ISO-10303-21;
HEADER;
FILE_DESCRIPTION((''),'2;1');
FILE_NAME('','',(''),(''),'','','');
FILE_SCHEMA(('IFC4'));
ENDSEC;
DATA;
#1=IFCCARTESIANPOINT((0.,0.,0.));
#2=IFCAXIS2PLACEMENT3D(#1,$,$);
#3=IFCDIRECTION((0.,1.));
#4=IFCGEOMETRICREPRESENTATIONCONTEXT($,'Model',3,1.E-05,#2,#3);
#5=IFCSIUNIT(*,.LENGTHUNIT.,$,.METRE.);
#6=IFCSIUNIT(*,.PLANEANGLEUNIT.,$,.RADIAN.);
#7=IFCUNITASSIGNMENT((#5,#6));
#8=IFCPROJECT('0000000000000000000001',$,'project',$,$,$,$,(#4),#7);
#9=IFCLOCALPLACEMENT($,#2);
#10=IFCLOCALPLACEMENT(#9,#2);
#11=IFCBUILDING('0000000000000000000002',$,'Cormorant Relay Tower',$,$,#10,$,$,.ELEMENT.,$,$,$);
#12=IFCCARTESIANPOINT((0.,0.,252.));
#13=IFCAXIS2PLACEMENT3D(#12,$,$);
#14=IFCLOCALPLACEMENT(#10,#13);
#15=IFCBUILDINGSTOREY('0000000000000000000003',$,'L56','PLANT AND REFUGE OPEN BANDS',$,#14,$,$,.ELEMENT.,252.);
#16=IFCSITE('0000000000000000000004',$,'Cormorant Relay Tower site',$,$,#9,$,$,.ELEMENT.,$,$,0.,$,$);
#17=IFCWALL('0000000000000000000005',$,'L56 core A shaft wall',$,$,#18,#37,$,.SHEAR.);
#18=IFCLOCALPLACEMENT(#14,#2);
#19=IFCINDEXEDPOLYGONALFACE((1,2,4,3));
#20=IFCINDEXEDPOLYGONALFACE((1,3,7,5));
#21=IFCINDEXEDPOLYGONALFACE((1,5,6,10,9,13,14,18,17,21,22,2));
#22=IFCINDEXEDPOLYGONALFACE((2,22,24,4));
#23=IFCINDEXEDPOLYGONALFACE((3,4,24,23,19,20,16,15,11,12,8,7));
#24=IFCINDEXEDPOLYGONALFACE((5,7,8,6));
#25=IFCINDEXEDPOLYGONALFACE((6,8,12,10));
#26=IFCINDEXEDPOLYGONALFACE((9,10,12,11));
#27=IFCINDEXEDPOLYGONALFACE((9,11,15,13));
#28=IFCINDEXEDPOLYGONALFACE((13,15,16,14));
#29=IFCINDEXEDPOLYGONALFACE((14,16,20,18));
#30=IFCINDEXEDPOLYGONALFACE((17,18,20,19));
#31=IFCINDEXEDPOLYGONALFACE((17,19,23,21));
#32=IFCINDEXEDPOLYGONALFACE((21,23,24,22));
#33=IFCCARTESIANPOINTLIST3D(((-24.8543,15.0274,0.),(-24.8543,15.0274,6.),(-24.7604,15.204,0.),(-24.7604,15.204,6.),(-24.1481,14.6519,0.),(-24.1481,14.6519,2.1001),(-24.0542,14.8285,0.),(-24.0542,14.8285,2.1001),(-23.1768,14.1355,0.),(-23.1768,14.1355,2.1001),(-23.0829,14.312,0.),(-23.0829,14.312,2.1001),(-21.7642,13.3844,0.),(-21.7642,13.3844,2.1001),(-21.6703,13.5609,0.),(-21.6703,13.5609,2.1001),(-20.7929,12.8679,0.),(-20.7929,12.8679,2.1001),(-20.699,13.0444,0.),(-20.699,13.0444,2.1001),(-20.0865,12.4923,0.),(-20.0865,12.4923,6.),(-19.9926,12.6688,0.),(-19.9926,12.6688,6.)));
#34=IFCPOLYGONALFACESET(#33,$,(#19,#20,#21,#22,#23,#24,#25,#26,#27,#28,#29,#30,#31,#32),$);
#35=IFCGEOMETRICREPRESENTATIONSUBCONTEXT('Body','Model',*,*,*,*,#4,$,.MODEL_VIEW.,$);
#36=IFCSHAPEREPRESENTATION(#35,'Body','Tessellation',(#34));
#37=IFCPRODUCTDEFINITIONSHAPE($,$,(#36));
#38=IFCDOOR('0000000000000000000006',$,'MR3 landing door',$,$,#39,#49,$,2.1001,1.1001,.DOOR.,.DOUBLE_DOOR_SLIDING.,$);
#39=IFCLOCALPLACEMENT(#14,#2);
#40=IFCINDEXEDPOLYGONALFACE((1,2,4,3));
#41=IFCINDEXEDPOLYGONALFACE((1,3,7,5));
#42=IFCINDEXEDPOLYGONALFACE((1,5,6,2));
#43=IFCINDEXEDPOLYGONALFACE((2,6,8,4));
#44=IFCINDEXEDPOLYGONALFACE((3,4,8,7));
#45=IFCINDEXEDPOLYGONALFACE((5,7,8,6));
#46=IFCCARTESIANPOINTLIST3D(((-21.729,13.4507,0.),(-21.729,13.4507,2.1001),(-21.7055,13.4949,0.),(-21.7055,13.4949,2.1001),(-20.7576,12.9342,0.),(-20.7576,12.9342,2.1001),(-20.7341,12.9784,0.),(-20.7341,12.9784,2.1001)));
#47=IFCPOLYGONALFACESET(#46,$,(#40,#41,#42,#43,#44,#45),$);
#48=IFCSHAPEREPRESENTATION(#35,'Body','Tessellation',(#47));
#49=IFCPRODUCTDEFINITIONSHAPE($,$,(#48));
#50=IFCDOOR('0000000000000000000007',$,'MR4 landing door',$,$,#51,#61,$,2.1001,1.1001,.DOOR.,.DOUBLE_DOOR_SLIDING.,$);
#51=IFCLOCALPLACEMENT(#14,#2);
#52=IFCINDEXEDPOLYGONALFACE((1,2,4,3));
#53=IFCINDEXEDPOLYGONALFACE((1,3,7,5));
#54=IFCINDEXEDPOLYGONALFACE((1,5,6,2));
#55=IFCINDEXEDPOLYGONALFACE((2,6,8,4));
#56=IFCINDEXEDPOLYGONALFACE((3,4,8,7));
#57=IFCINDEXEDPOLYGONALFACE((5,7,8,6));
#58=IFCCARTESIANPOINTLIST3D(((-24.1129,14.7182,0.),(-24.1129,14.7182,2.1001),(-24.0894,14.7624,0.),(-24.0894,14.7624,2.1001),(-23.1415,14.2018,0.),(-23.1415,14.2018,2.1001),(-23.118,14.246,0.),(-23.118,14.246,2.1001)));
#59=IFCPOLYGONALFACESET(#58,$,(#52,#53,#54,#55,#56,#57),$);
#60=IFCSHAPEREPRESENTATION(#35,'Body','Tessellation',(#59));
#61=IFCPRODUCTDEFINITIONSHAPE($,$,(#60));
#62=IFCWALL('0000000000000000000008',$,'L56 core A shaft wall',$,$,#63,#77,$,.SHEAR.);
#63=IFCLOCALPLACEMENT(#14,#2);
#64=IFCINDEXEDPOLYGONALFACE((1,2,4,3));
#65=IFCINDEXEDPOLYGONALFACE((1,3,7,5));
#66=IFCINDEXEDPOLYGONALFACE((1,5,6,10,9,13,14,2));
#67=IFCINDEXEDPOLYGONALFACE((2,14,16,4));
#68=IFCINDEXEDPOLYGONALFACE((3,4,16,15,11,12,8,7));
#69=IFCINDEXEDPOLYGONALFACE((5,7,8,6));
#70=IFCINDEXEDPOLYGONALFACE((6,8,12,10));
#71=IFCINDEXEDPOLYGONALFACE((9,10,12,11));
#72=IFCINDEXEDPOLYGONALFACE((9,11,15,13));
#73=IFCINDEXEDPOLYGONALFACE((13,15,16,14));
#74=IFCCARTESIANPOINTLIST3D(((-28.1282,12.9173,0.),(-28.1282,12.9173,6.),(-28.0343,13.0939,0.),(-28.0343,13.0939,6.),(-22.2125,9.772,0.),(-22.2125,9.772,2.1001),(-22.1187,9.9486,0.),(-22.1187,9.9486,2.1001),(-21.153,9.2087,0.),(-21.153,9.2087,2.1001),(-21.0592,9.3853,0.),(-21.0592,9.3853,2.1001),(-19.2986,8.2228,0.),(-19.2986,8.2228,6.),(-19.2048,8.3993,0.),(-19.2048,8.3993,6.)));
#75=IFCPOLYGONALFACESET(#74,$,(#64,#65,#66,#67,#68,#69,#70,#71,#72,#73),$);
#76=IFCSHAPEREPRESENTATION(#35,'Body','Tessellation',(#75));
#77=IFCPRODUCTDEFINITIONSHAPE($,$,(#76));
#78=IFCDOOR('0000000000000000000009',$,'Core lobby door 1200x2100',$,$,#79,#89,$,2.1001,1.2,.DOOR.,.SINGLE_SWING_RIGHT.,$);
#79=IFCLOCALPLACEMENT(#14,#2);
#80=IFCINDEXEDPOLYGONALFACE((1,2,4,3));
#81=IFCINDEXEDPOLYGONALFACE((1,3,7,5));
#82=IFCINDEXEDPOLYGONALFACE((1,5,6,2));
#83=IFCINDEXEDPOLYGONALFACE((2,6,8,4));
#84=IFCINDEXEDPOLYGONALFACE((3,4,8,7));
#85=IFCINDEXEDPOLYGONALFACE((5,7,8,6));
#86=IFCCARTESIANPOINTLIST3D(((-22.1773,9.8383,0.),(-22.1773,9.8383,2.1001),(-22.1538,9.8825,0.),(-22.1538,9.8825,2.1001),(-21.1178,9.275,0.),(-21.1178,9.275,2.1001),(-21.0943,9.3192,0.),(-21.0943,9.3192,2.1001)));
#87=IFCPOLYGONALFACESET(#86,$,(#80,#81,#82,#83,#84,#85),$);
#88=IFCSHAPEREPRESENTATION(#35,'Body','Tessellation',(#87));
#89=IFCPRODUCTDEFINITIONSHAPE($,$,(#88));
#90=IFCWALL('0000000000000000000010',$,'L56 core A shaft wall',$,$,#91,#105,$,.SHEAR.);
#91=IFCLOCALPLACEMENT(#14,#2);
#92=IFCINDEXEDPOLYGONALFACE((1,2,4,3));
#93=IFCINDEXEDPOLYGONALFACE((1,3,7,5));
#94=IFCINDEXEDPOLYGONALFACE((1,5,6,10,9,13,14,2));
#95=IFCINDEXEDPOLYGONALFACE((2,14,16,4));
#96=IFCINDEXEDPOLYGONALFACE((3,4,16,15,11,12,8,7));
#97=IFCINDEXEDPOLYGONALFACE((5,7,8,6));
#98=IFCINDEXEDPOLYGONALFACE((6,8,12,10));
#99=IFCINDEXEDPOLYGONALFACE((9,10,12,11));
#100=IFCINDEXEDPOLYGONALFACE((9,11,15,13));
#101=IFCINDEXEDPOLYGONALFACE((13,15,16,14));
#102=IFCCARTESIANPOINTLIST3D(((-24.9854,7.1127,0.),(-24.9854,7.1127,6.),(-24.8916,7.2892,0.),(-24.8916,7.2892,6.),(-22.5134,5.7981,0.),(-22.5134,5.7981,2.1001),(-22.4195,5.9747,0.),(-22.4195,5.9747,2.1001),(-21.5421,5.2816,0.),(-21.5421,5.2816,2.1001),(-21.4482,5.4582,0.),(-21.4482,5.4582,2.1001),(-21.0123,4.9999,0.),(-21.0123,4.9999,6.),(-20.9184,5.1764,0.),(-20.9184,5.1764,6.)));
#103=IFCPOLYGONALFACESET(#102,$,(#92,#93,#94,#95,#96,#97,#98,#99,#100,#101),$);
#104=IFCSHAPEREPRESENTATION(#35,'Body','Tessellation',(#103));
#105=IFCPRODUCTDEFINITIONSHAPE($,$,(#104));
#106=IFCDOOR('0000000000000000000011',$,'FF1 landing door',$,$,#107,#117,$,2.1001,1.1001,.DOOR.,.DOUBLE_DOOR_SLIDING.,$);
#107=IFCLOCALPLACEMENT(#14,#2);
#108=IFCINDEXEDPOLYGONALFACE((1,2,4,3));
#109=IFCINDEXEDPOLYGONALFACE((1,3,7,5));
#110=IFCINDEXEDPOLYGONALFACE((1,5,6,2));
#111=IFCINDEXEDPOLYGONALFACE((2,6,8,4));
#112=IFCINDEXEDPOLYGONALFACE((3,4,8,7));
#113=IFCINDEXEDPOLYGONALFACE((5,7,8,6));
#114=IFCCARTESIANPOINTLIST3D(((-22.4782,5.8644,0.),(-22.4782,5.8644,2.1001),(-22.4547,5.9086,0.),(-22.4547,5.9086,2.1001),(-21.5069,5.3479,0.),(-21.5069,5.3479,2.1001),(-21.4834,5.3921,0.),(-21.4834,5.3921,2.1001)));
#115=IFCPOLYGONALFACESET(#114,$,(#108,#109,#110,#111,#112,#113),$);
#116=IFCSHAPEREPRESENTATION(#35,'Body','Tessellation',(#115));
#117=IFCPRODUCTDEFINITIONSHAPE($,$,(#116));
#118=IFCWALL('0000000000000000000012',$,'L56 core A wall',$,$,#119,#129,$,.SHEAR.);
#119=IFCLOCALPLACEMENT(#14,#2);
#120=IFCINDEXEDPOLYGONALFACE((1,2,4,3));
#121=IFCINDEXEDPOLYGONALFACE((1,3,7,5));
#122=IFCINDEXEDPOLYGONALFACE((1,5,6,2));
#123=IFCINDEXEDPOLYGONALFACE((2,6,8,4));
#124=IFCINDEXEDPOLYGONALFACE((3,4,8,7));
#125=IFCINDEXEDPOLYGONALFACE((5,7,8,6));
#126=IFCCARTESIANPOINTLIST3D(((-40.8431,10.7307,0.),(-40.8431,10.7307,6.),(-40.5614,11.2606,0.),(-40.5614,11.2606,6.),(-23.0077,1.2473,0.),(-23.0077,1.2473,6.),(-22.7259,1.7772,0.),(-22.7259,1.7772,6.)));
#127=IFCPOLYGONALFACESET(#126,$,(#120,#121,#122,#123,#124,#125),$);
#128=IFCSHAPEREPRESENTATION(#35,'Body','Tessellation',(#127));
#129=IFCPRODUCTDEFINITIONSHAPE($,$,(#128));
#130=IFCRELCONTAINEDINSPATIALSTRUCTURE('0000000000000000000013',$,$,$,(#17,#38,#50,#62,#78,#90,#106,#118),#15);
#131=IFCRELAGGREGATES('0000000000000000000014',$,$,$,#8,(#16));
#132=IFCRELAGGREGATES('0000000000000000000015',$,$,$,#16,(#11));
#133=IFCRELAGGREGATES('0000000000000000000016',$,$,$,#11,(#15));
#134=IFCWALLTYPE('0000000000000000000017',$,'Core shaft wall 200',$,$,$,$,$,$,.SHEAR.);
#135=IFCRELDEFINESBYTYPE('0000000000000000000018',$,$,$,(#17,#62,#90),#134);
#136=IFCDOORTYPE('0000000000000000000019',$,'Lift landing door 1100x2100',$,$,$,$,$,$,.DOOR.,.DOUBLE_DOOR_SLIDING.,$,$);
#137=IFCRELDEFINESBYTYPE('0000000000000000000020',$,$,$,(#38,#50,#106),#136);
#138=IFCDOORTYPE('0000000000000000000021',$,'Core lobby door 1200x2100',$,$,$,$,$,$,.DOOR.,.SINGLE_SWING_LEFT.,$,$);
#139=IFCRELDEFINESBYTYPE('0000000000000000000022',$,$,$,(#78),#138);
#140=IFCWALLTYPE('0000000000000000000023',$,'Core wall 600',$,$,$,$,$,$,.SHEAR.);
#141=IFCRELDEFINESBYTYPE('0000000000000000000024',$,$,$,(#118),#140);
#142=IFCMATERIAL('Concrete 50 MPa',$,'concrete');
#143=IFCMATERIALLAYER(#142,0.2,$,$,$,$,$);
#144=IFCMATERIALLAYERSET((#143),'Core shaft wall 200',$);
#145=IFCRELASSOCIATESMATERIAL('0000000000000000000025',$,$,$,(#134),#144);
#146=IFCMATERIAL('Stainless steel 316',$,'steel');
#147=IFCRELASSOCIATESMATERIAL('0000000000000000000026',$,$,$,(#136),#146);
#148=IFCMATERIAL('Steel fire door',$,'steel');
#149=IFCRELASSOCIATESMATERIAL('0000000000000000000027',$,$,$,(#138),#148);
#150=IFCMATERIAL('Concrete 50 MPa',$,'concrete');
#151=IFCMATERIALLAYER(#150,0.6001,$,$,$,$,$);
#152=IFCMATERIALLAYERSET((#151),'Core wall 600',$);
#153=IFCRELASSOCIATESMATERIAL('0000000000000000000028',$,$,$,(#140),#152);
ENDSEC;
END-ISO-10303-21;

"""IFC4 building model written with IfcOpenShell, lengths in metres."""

from ifc_helpers import new_model, si_unit, direction, frame, frame_2d, origin, place, context, subcontext, project, spatial, rectangle, extrude, material, layer, layer_set, type_object, element, fill, save


model = new_model("IFC4")

# Units and contexts
model_context = context("Model", 3, precision=1e-05, world=origin(), true_north=direction((0.0, 1.0)))
body_context = subcontext(model_context, "Body", "Model", "MODEL_VIEW")
ifc_project = project(units=[si_unit("LENGTHUNIT", "METRE"), si_unit("PLANEANGLEUNIT", "RADIAN")], contexts=[model_context])

# Site, building, storey
site_placement = place(None, origin())
site = spatial("IfcSite", under=ifc_project, at=site_placement, Name="Cormorant Relay Tower site", CompositionType="ELEMENT", RefElevation=0.0)
building_placement = place(site_placement, origin())
building = spatial("IfcBuilding", under=site, at=building_placement, Name="Cormorant Relay Tower", CompositionType="ELEMENT")
storey_placement = place(building_placement, frame((0.0, 0.0, 252.0)))
storey = spatial("IfcBuildingStorey", under=building, at=storey_placement, Name="L56", Description="PLANT AND REFUGE OPEN BANDS", CompositionType="ELEMENT", Elevation=252.0)

# Shared definitions
ifc_material_1 = material(Name="Concrete 50 MPa", Category="concrete")
ifc_layer_1 = layer(ifc_material_1, 0.2)
ifc_layer_set_1 = layer_set([ifc_layer_1], Name="Core shaft wall 200")
wall_type_1 = type_object("IfcWallType", Name="Core shaft wall 200", PredefinedType="SHEAR", material=ifc_layer_set_1)

# Wall, openings, doors
wall_1_placement = place(storey_placement, frame((-20.0396, 12.5806, 0.0), z_axis=(0.0, 0.0, 1.0), x_axis=(-0.882943, 0.46948, 0.0)))
wall_1 = element("IfcWall", 1, at=wall_1_placement, inside=storey, type_object=wall_type_1, Name="L56 core A shaft wall", PredefinedType="SHEAR", context=body_context, shape_type="SweptSolid", body=[
    extrude(rectangle(XDim=5.3999, YDim=0.2, at=frame_2d((2.7, 0.0))), origin(), (0.0, 0.0, 1.0), 6.0),
])
opening_1_placement = place(wall_1_placement, frame((0.8, 0.0, 0.0)))
opening_1 = element("IfcOpeningElement", 2, at=opening_1_placement, cuts=wall_1, PredefinedType="OPENING", context=body_context, shape_type="SweptSolid", body=[
    extrude(rectangle(XDim=1.1001, YDim=2.1001, at=frame_2d((0.55, 1.05))), frame((0.0, 0.1099, 0.0), z_axis=(0.0, -1.0, 0.0), x_axis=(1.0, 0.0, 0.0)), (0.0, 0.0, 1.0), 0.22),
])
opening_2_placement = place(wall_1_placement, frame((3.5, 0.0, 0.0)))
opening_2 = element("IfcOpeningElement", 3, at=opening_2_placement, cuts=wall_1, PredefinedType="OPENING", context=body_context, shape_type="SweptSolid", body=[
    extrude(rectangle(XDim=1.1001, YDim=2.1001, at=frame_2d((0.55, 1.05))), frame((0.0, 0.1099, 0.0), z_axis=(0.0, -1.0, 0.0), x_axis=(1.0, 0.0, 0.0)), (0.0, 0.0, 1.0), 0.22),
])
ifc_material_2 = material(Name="Stainless steel 316", Category="steel")
door_type_1 = type_object("IfcDoorType", Name="Lift landing door 1100x2100", OperationType="DOUBLE_DOOR_SLIDING", PredefinedType="DOOR", material=ifc_material_2)
door_1_placement = place(opening_1_placement, origin())
door_1 = element("IfcDoor", 4, at=door_1_placement, inside=storey, type_object=door_type_1, Name="MR3 landing door", OperationType="DOUBLE_DOOR_SLIDING", OverallHeight=2.1001, OverallWidth=1.1001, PredefinedType="DOOR", context=body_context, shape_type="SweptSolid", body=[
    extrude(rectangle(XDim=1.1001, YDim=2.1001, at=frame_2d((0.55, 1.05))), frame((0.0, 0.0249, 0.0), z_axis=(0.0, -1.0, 0.0), x_axis=(1.0, 0.0, 0.0)), (0.0, 0.0, 1.0), 0.05),
])
fill(opening_1, door_1)
door_2_placement = place(opening_2_placement, origin())
door_2 = element("IfcDoor", 5, at=door_2_placement, inside=storey, type_object=door_type_1, Name="MR4 landing door", OperationType="DOUBLE_DOOR_SLIDING", OverallHeight=2.1001, OverallWidth=1.1001, PredefinedType="DOOR", context=body_context, shape_type="SweptSolid", body=[
    extrude(rectangle(XDim=1.1001, YDim=2.1001, at=frame_2d((0.55, 1.05))), frame((0.0, 0.0249, 0.0), z_axis=(0.0, -1.0, 0.0), x_axis=(1.0, 0.0, 0.0)), (0.0, 0.0, 1.0), 0.05),
])
fill(opening_2, door_2)

# Walls, openings, doors
wall_2_placement = place(storey_placement, frame((-19.2517, 8.311, 0.0), z_axis=(0.0, 0.0, 1.0), x_axis=(-0.882956, 0.469456, 0.0)))
wall_2 = element("IfcWall", 6, at=wall_2_placement, inside=storey, type_object=wall_type_1, Name="L56 core A shaft wall", PredefinedType="SHEAR", context=body_context, shape_type="SweptSolid", body=[
    extrude(rectangle(XDim=10.0, YDim=0.2, at=frame_2d((5.0, 0.0))), origin(), (0.0, 0.0, 1.0), 6.0),
])
opening_3_placement = place(wall_2_placement, frame((2.1001, 0.0, 0.0)))
opening_3 = element("IfcOpeningElement", 7, at=opening_3_placement, cuts=wall_2, PredefinedType="OPENING", context=body_context, shape_type="SweptSolid", body=[
    extrude(rectangle(XDim=1.2, YDim=2.1001, at=frame_2d((0.6001, 1.05))), frame((0.0, 0.1099, 0.0), z_axis=(0.0, -1.0, 0.0), x_axis=(1.0, 0.0, 0.0)), (0.0, 0.0, 1.0), 0.22),
])
ifc_material_3 = material(Name="Steel fire door", Category="steel")
door_type_2 = type_object("IfcDoorType", Name="Core lobby door 1200x2100", OperationType="SINGLE_SWING_LEFT", PredefinedType="DOOR", material=ifc_material_3)
door_3_placement = place(opening_3_placement, origin())
door_3 = element("IfcDoor", 8, at=door_3_placement, inside=storey, type_object=door_type_2, Name="Core lobby door 1200x2100", OperationType="SINGLE_SWING_RIGHT", OverallHeight=2.1001, OverallWidth=1.2, PredefinedType="DOOR", context=body_context, shape_type="SweptSolid", body=[
    extrude(rectangle(XDim=1.2, YDim=2.1001, at=frame_2d((0.6001, 1.05))), frame((0.0, 0.0249, 0.0), z_axis=(0.0, -1.0, 0.0), x_axis=(1.0, 0.0, 0.0)), (0.0, 0.0, 1.0), 0.05),
])
fill(opening_3, door_3)
wall_3_placement = place(storey_placement, frame((-20.9653, 5.0881, 0.0), z_axis=(0.0, 0.0, 1.0), x_axis=(-0.882926, 0.469512, 0.0)))
wall_3 = element("IfcWall", 9, at=wall_3_placement, inside=storey, type_object=wall_type_1, Name="L56 core A shaft wall", PredefinedType="SHEAR", context=body_context, shape_type="SweptSolid", body=[
    extrude(rectangle(XDim=4.5, YDim=0.2, at=frame_2d((2.25, 0.0))), origin(), (0.0, 0.0, 1.0), 6.0),
])
opening_4_placement = place(wall_3_placement, frame((0.6001, 0.0, 0.0)))
opening_4 = element("IfcOpeningElement", 10, at=opening_4_placement, cuts=wall_3, PredefinedType="OPENING", context=body_context, shape_type="SweptSolid", body=[
    extrude(rectangle(XDim=1.1001, YDim=2.1001, at=frame_2d((0.55, 1.05))), frame((0.0, 0.1099, 0.0), z_axis=(0.0, -1.0, 0.0), x_axis=(1.0, 0.0, 0.0)), (0.0, 0.0, 1.0), 0.22),
])
door_4_placement = place(opening_4_placement, origin())
door_4 = element("IfcDoor", 11, at=door_4_placement, inside=storey, type_object=door_type_1, Name="FF1 landing door", OperationType="DOUBLE_DOOR_SLIDING", OverallHeight=2.1001, OverallWidth=1.1001, PredefinedType="DOOR", context=body_context, shape_type="SweptSolid", body=[
    extrude(rectangle(XDim=1.1001, YDim=2.1001, at=frame_2d((0.55, 1.05))), frame((0.0, 0.0249, 0.0), z_axis=(0.0, -1.0, 0.0), x_axis=(1.0, 0.0, 0.0)), (0.0, 0.0, 1.0), 0.05),
])
fill(opening_4, door_4)

# Wall
ifc_material_4 = material(Name="Concrete 50 MPa", Category="concrete")
ifc_layer_2 = layer(ifc_material_4, 0.6001)
ifc_layer_set_2 = layer_set([ifc_layer_2], Name="Core wall 600")
wall_type_2 = type_object("IfcWallType", Name="Core wall 600", PredefinedType="SHEAR", material=ifc_layer_set_2)
wall_4_placement = place(storey_placement, frame((-22.8667, 1.5122, 0.0), z_axis=(0.0, 0.0, 1.0), x_axis=(-0.882945, 0.469476, 0.0)))
element("IfcWall", 12, at=wall_4_placement, inside=storey, type_object=wall_type_2, Name="L56 core A wall", PredefinedType="SHEAR", context=body_context, shape_type="SweptSolid", body=[
    extrude(rectangle(XDim=20.2, YDim=0.6001, at=frame_2d((10.1001, 0.0))), origin(), (0.0, 0.0, 1.0), 6.0),
])

save(model, "model.ifc")
